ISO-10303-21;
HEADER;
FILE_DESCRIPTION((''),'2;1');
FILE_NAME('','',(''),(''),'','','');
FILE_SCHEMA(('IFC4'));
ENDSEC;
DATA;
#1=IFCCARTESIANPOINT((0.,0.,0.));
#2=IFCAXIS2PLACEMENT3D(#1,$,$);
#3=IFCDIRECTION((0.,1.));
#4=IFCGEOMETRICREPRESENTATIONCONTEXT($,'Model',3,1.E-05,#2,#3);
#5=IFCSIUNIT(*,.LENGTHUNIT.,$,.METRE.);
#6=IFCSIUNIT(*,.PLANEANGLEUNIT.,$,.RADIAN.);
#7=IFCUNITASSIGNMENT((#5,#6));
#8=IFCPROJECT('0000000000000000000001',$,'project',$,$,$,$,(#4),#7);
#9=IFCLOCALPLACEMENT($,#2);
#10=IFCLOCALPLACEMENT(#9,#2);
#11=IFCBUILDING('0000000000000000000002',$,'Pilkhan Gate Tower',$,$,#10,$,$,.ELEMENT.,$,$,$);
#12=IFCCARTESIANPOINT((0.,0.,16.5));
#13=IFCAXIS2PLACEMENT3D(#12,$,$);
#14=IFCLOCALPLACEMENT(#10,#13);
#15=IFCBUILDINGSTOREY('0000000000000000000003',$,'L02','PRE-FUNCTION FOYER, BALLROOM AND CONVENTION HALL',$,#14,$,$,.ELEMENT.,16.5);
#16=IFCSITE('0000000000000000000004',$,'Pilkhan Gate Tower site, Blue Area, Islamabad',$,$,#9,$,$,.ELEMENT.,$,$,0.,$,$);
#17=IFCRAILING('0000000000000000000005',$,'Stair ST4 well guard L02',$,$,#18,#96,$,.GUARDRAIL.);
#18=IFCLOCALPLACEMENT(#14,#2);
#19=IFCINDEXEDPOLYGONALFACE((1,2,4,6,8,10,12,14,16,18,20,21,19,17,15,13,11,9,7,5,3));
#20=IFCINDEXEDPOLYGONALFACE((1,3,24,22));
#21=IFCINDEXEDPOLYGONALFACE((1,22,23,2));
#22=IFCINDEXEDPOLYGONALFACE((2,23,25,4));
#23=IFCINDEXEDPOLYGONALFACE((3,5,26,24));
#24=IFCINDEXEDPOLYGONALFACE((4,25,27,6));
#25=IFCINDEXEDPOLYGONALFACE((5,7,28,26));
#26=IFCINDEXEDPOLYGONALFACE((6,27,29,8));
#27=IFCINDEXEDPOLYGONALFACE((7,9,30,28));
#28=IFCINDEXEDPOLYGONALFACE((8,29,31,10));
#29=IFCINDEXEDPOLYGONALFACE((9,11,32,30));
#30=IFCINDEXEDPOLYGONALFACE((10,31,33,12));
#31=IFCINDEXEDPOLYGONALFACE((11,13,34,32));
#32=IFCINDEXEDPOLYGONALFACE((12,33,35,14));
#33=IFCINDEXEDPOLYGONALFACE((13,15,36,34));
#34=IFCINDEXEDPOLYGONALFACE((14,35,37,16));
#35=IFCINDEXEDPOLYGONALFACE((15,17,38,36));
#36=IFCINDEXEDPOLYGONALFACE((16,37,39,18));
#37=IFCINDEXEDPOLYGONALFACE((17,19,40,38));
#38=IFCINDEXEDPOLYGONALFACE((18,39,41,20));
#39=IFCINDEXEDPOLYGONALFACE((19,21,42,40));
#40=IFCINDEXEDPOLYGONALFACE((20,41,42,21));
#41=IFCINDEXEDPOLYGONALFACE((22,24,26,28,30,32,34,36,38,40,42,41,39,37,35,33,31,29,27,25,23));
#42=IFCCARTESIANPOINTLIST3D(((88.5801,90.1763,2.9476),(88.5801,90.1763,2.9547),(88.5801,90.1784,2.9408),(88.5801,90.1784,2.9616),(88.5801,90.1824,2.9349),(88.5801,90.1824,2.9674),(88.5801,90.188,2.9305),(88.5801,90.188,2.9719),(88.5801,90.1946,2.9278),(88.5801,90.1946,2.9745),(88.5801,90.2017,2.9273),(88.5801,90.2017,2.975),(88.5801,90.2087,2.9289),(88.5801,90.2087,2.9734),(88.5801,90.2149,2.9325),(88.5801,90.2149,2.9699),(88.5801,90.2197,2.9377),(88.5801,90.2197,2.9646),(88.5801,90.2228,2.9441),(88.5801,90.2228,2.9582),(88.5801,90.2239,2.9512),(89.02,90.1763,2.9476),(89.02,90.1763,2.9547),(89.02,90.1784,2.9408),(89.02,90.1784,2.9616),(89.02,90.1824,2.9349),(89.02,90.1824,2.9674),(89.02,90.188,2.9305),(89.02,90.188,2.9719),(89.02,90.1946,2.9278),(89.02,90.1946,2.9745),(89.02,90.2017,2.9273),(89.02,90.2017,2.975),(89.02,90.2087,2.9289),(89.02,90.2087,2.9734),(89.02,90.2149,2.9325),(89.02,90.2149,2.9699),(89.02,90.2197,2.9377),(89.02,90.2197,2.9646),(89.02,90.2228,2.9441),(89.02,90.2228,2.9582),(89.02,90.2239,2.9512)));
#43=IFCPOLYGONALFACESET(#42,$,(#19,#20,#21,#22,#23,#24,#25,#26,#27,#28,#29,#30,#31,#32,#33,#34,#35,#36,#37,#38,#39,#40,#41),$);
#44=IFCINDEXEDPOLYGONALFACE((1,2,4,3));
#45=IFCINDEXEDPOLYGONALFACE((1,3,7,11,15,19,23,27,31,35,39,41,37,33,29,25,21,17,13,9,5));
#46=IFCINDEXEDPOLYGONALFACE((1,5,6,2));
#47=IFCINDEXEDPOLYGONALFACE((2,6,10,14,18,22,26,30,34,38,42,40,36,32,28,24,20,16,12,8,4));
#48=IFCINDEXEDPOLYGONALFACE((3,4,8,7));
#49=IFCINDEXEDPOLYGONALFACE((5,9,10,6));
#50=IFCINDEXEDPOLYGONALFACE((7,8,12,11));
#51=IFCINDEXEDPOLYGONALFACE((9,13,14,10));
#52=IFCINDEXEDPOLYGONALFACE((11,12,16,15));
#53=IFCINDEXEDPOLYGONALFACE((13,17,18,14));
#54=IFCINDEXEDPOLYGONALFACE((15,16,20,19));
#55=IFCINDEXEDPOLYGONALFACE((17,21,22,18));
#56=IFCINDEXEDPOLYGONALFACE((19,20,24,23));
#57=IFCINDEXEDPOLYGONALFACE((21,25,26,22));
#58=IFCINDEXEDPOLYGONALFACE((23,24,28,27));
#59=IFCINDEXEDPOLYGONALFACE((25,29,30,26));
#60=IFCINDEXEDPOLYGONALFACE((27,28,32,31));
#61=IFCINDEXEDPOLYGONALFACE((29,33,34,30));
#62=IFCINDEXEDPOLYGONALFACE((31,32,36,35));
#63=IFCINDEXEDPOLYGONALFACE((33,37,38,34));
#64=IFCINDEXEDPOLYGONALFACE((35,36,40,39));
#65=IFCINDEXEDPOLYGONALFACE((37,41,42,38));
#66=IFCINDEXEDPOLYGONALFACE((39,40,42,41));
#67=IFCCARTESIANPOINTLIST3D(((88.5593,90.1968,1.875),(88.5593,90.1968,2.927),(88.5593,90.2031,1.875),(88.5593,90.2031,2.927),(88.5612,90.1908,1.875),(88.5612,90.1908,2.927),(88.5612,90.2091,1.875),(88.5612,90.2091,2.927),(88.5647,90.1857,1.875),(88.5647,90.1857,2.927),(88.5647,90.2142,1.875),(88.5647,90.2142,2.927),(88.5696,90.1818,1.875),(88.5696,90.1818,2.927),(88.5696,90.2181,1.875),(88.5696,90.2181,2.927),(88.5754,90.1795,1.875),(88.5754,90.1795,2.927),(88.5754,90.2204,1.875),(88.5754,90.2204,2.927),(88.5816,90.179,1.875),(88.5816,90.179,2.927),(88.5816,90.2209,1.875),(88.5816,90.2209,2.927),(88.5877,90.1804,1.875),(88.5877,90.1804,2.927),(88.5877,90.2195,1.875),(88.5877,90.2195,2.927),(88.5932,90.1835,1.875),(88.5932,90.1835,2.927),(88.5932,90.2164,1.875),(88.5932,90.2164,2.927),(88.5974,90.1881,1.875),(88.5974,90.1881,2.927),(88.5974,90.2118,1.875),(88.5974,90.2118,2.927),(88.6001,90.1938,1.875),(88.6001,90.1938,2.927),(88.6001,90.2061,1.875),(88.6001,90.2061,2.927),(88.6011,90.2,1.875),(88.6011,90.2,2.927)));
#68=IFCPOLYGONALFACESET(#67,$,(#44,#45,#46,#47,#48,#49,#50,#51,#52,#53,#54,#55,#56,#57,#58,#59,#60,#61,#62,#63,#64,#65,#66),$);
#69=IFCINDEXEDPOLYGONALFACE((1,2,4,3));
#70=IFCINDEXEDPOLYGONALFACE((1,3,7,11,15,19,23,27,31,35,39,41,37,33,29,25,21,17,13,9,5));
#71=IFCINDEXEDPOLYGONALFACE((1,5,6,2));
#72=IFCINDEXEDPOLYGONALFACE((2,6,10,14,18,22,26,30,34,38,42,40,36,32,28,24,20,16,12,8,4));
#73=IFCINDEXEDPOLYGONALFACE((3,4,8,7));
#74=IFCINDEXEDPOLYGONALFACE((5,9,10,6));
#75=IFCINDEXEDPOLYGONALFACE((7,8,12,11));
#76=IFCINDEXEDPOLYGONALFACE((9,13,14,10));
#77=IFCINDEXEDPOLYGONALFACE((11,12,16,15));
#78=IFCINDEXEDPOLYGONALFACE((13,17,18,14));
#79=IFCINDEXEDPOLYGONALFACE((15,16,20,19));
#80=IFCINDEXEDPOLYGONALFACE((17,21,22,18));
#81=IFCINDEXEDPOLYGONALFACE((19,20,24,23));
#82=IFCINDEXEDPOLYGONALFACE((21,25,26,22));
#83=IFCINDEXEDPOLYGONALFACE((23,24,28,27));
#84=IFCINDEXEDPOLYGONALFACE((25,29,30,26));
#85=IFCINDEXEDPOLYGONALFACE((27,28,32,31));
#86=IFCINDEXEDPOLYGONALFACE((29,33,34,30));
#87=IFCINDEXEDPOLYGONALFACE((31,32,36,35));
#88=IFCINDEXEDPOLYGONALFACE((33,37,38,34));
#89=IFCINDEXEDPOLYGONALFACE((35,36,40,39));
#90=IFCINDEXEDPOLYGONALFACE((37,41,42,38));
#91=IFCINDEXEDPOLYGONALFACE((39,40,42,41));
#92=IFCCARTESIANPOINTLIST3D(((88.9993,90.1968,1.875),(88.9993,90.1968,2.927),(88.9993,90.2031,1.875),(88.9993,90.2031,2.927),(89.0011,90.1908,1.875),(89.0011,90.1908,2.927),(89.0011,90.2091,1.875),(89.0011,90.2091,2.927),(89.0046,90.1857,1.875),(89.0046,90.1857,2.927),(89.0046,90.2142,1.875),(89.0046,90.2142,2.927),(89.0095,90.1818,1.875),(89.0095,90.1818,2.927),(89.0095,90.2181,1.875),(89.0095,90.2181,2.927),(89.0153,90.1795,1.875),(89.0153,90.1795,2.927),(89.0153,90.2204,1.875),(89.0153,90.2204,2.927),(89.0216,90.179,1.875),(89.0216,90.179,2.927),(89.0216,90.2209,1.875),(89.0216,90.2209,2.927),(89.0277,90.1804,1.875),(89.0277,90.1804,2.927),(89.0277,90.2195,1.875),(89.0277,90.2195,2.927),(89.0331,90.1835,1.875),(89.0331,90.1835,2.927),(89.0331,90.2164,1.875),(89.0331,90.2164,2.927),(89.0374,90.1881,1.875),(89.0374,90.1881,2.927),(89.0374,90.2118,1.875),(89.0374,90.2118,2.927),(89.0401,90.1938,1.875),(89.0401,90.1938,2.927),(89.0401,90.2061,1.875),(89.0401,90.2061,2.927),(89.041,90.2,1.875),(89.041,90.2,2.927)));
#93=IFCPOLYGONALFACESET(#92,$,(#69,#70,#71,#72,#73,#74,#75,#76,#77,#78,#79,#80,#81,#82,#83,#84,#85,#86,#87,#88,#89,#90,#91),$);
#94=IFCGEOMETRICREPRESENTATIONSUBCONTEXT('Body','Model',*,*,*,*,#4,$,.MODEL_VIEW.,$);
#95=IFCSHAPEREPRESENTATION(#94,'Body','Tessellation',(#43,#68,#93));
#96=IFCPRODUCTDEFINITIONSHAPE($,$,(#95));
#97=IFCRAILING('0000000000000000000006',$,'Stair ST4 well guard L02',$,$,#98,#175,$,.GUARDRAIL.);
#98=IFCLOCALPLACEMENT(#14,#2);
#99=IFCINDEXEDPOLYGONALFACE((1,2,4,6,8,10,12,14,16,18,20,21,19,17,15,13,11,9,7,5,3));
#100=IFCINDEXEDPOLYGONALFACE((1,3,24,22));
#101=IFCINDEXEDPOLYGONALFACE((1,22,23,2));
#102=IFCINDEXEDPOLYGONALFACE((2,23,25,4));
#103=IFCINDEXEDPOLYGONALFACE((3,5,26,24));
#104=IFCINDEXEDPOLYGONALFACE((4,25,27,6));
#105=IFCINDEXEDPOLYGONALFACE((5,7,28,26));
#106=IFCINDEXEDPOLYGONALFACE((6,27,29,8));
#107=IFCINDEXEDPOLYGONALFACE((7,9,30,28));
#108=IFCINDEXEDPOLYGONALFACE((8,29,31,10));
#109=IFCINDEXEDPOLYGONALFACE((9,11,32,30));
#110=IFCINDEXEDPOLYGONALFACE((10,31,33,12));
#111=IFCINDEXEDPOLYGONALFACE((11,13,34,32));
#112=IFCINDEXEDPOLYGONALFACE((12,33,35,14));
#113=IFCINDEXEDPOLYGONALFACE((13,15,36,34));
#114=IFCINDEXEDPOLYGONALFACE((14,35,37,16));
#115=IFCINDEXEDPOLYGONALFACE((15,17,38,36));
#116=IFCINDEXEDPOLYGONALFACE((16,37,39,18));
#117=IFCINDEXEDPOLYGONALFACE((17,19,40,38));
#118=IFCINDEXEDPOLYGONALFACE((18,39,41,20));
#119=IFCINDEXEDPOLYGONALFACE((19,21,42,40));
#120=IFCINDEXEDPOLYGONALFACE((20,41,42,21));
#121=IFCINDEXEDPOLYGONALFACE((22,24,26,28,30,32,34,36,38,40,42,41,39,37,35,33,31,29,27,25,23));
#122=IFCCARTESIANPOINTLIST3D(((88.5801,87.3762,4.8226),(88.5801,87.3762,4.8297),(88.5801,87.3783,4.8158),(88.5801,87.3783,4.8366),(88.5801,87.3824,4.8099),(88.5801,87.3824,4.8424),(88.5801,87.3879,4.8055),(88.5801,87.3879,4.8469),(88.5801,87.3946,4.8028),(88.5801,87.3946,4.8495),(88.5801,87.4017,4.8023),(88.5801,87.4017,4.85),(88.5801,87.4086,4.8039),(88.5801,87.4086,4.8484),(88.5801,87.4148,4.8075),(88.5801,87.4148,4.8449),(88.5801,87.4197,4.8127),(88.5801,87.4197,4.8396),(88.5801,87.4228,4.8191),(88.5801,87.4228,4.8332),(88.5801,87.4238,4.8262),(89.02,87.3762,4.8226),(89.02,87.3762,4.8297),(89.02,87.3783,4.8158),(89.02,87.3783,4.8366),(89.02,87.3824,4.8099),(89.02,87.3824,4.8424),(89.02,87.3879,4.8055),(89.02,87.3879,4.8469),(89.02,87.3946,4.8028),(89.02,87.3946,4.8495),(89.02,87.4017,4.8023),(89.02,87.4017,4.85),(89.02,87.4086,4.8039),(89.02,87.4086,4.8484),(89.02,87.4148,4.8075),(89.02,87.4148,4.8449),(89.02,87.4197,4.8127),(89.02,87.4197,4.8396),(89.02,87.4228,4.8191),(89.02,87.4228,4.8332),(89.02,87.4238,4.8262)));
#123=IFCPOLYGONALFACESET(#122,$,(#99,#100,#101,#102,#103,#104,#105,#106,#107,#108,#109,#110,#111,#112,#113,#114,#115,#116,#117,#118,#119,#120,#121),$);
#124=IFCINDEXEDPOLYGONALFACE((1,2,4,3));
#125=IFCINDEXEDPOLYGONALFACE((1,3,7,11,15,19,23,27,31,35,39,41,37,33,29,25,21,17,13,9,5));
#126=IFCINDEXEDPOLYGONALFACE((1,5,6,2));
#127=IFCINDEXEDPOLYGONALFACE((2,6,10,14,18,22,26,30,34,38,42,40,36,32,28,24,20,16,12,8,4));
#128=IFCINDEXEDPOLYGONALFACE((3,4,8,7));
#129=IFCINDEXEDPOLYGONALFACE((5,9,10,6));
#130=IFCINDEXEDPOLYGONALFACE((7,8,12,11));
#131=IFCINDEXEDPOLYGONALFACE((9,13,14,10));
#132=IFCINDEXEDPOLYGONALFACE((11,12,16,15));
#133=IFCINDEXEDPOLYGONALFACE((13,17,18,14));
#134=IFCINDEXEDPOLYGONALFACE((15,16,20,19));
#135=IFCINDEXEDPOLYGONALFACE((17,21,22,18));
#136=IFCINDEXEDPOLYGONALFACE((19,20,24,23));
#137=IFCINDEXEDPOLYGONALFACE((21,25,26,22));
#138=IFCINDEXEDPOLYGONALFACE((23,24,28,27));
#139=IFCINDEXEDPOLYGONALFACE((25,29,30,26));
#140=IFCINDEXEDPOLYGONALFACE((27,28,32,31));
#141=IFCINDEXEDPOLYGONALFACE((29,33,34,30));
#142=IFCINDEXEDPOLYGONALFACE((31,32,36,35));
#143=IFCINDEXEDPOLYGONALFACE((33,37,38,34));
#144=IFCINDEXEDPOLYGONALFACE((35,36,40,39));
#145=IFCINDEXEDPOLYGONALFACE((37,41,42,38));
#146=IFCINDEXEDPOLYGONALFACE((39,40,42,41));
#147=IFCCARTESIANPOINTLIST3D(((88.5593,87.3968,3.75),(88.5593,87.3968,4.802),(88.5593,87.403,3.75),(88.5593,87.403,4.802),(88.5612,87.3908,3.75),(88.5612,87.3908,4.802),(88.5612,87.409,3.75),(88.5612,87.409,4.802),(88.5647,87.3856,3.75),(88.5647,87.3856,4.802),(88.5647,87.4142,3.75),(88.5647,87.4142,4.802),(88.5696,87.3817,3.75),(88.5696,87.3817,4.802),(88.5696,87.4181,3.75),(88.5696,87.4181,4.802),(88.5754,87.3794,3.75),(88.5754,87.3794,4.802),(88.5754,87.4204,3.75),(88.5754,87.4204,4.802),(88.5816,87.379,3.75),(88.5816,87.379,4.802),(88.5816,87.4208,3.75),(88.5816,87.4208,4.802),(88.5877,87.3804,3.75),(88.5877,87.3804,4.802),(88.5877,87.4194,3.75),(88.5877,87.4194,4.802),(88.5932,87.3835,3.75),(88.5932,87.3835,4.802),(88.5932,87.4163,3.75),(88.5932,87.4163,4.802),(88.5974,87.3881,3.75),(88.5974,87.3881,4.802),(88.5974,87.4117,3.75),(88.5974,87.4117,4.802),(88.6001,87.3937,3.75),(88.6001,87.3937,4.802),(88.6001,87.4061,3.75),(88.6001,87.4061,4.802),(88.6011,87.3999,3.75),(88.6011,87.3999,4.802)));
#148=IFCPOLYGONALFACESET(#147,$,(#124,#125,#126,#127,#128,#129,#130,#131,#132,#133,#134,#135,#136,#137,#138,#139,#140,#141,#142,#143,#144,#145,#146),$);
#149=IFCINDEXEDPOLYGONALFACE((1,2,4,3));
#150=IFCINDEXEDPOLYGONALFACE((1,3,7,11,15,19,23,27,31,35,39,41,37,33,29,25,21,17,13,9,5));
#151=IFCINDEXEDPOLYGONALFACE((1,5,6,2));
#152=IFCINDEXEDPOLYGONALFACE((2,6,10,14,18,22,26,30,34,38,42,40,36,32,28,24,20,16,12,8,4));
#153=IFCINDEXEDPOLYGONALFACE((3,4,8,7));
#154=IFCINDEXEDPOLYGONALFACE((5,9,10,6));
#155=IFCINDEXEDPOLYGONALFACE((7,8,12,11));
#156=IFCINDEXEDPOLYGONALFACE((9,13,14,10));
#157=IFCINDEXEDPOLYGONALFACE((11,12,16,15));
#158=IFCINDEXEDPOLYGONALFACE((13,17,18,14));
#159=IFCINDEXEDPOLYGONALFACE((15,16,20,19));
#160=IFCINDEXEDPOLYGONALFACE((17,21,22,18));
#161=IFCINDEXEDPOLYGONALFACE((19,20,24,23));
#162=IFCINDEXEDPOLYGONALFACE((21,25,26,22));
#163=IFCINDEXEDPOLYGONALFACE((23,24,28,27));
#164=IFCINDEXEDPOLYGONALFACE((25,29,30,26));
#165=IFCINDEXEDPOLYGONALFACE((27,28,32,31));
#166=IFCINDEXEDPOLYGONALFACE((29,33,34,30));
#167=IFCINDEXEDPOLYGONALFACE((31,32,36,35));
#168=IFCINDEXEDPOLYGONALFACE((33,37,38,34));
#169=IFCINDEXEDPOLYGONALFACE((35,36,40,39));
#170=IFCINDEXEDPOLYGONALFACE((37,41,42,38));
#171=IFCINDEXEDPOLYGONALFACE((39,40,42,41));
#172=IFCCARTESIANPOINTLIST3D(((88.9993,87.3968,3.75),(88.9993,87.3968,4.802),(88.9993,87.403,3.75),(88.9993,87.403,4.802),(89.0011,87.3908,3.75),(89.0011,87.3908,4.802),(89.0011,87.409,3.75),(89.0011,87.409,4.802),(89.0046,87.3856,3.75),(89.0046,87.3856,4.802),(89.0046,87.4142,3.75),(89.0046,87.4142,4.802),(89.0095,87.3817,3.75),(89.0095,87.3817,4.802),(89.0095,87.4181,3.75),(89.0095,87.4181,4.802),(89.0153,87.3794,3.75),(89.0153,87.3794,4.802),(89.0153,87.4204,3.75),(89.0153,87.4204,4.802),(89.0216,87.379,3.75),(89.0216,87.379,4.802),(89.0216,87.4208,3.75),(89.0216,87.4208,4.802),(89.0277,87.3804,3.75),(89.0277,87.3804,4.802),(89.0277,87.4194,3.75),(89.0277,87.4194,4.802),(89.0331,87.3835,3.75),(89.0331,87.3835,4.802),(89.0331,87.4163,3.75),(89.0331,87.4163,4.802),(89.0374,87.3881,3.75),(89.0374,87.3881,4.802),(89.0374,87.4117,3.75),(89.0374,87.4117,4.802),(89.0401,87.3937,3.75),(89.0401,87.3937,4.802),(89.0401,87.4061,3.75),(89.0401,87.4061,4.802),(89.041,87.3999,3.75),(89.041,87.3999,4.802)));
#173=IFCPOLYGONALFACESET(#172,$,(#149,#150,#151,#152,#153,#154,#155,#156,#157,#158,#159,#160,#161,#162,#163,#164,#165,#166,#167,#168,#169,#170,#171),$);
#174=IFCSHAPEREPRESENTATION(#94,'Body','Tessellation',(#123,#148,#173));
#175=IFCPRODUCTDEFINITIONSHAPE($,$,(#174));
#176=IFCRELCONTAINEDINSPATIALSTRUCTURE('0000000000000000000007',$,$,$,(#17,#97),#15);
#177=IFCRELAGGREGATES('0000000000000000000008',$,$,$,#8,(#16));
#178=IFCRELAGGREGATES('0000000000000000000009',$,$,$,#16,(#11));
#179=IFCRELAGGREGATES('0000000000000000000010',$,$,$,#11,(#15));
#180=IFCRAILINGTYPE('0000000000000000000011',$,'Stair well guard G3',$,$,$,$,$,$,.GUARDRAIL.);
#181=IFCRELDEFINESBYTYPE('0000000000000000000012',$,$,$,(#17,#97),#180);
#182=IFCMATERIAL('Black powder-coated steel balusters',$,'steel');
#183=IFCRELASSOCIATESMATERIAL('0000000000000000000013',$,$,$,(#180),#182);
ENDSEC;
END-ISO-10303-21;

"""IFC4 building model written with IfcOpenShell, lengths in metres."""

from ifc_helpers import new_model, si_unit, direction, frame, origin, origin_2d, place, context, subcontext, project, spatial, circle, extrude, material, type_object, element, save


model = new_model("IFC4")

# Units and contexts
model_context = context("Model", 3, precision=1e-05, world=origin(), true_north=direction((0.0, 1.0)))
body_context = subcontext(model_context, "Body", "Model", "MODEL_VIEW")
ifc_project = project(units=[si_unit("LENGTHUNIT", "METRE"), si_unit("PLANEANGLEUNIT", "RADIAN")], contexts=[model_context])

# Site, building, storey
site_placement = place(None, origin())
site = spatial("IfcSite", under=ifc_project, at=site_placement, Name="Pilkhan Gate Tower site, Blue Area, Islamabad", CompositionType="ELEMENT", RefElevation=0.0)
building_placement = place(site_placement, origin())
building = spatial("IfcBuilding", under=site, at=building_placement, Name="Pilkhan Gate Tower", CompositionType="ELEMENT")
storey_placement = place(building_placement, frame((0.0, 0.0, 16.5)))
storey = spatial("IfcBuildingStorey", under=building, at=storey_placement, Name="L02", Description="PRE-FUNCTION FOYER, BALLROOM AND CONVENTION HALL", CompositionType="ELEMENT", Elevation=16.5)

# Railings
ifc_material_1 = material(Name="Black powder-coated steel balusters", Category="steel")
railing_type_1 = type_object("IfcRailingType", Name="Stair well guard G3", PredefinedType="GUARDRAIL", material=ifc_material_1)
for number, where, name in (
    (1, (88.5801, 90.2, 1.875), "Stair ST4 well guard L02"),
    (2, (88.5801, 87.3999, 3.75), "Stair ST4 well guard L02"),
):
    element("IfcRailing", number, at=place(storey_placement, frame(where)), inside=storey, type_object=railing_type_1, Name=name, PredefinedType="GUARDRAIL", context=body_context, shape_type="SweptSolid", body=[
        extrude(circle(Radius=0.0239, at=origin_2d()), frame((0.0, 0.0, 1.0762), z_axis=(1.0, 0.0, 0.0), x_axis=(0.0, 1.0, 0.0)), (0.0, 0.0, 1.0), 0.4399),
        extrude(circle(Radius=0.021, at=origin_2d()), origin(), (0.0, 0.0, 1.0), 1.052),
        extrude(circle(Radius=0.021, at=origin_2d()), frame((0.4399, 0.0, 0.0)), (0.0, 0.0, 1.0), 1.052),
    ])

save(model, "model.ifc")
